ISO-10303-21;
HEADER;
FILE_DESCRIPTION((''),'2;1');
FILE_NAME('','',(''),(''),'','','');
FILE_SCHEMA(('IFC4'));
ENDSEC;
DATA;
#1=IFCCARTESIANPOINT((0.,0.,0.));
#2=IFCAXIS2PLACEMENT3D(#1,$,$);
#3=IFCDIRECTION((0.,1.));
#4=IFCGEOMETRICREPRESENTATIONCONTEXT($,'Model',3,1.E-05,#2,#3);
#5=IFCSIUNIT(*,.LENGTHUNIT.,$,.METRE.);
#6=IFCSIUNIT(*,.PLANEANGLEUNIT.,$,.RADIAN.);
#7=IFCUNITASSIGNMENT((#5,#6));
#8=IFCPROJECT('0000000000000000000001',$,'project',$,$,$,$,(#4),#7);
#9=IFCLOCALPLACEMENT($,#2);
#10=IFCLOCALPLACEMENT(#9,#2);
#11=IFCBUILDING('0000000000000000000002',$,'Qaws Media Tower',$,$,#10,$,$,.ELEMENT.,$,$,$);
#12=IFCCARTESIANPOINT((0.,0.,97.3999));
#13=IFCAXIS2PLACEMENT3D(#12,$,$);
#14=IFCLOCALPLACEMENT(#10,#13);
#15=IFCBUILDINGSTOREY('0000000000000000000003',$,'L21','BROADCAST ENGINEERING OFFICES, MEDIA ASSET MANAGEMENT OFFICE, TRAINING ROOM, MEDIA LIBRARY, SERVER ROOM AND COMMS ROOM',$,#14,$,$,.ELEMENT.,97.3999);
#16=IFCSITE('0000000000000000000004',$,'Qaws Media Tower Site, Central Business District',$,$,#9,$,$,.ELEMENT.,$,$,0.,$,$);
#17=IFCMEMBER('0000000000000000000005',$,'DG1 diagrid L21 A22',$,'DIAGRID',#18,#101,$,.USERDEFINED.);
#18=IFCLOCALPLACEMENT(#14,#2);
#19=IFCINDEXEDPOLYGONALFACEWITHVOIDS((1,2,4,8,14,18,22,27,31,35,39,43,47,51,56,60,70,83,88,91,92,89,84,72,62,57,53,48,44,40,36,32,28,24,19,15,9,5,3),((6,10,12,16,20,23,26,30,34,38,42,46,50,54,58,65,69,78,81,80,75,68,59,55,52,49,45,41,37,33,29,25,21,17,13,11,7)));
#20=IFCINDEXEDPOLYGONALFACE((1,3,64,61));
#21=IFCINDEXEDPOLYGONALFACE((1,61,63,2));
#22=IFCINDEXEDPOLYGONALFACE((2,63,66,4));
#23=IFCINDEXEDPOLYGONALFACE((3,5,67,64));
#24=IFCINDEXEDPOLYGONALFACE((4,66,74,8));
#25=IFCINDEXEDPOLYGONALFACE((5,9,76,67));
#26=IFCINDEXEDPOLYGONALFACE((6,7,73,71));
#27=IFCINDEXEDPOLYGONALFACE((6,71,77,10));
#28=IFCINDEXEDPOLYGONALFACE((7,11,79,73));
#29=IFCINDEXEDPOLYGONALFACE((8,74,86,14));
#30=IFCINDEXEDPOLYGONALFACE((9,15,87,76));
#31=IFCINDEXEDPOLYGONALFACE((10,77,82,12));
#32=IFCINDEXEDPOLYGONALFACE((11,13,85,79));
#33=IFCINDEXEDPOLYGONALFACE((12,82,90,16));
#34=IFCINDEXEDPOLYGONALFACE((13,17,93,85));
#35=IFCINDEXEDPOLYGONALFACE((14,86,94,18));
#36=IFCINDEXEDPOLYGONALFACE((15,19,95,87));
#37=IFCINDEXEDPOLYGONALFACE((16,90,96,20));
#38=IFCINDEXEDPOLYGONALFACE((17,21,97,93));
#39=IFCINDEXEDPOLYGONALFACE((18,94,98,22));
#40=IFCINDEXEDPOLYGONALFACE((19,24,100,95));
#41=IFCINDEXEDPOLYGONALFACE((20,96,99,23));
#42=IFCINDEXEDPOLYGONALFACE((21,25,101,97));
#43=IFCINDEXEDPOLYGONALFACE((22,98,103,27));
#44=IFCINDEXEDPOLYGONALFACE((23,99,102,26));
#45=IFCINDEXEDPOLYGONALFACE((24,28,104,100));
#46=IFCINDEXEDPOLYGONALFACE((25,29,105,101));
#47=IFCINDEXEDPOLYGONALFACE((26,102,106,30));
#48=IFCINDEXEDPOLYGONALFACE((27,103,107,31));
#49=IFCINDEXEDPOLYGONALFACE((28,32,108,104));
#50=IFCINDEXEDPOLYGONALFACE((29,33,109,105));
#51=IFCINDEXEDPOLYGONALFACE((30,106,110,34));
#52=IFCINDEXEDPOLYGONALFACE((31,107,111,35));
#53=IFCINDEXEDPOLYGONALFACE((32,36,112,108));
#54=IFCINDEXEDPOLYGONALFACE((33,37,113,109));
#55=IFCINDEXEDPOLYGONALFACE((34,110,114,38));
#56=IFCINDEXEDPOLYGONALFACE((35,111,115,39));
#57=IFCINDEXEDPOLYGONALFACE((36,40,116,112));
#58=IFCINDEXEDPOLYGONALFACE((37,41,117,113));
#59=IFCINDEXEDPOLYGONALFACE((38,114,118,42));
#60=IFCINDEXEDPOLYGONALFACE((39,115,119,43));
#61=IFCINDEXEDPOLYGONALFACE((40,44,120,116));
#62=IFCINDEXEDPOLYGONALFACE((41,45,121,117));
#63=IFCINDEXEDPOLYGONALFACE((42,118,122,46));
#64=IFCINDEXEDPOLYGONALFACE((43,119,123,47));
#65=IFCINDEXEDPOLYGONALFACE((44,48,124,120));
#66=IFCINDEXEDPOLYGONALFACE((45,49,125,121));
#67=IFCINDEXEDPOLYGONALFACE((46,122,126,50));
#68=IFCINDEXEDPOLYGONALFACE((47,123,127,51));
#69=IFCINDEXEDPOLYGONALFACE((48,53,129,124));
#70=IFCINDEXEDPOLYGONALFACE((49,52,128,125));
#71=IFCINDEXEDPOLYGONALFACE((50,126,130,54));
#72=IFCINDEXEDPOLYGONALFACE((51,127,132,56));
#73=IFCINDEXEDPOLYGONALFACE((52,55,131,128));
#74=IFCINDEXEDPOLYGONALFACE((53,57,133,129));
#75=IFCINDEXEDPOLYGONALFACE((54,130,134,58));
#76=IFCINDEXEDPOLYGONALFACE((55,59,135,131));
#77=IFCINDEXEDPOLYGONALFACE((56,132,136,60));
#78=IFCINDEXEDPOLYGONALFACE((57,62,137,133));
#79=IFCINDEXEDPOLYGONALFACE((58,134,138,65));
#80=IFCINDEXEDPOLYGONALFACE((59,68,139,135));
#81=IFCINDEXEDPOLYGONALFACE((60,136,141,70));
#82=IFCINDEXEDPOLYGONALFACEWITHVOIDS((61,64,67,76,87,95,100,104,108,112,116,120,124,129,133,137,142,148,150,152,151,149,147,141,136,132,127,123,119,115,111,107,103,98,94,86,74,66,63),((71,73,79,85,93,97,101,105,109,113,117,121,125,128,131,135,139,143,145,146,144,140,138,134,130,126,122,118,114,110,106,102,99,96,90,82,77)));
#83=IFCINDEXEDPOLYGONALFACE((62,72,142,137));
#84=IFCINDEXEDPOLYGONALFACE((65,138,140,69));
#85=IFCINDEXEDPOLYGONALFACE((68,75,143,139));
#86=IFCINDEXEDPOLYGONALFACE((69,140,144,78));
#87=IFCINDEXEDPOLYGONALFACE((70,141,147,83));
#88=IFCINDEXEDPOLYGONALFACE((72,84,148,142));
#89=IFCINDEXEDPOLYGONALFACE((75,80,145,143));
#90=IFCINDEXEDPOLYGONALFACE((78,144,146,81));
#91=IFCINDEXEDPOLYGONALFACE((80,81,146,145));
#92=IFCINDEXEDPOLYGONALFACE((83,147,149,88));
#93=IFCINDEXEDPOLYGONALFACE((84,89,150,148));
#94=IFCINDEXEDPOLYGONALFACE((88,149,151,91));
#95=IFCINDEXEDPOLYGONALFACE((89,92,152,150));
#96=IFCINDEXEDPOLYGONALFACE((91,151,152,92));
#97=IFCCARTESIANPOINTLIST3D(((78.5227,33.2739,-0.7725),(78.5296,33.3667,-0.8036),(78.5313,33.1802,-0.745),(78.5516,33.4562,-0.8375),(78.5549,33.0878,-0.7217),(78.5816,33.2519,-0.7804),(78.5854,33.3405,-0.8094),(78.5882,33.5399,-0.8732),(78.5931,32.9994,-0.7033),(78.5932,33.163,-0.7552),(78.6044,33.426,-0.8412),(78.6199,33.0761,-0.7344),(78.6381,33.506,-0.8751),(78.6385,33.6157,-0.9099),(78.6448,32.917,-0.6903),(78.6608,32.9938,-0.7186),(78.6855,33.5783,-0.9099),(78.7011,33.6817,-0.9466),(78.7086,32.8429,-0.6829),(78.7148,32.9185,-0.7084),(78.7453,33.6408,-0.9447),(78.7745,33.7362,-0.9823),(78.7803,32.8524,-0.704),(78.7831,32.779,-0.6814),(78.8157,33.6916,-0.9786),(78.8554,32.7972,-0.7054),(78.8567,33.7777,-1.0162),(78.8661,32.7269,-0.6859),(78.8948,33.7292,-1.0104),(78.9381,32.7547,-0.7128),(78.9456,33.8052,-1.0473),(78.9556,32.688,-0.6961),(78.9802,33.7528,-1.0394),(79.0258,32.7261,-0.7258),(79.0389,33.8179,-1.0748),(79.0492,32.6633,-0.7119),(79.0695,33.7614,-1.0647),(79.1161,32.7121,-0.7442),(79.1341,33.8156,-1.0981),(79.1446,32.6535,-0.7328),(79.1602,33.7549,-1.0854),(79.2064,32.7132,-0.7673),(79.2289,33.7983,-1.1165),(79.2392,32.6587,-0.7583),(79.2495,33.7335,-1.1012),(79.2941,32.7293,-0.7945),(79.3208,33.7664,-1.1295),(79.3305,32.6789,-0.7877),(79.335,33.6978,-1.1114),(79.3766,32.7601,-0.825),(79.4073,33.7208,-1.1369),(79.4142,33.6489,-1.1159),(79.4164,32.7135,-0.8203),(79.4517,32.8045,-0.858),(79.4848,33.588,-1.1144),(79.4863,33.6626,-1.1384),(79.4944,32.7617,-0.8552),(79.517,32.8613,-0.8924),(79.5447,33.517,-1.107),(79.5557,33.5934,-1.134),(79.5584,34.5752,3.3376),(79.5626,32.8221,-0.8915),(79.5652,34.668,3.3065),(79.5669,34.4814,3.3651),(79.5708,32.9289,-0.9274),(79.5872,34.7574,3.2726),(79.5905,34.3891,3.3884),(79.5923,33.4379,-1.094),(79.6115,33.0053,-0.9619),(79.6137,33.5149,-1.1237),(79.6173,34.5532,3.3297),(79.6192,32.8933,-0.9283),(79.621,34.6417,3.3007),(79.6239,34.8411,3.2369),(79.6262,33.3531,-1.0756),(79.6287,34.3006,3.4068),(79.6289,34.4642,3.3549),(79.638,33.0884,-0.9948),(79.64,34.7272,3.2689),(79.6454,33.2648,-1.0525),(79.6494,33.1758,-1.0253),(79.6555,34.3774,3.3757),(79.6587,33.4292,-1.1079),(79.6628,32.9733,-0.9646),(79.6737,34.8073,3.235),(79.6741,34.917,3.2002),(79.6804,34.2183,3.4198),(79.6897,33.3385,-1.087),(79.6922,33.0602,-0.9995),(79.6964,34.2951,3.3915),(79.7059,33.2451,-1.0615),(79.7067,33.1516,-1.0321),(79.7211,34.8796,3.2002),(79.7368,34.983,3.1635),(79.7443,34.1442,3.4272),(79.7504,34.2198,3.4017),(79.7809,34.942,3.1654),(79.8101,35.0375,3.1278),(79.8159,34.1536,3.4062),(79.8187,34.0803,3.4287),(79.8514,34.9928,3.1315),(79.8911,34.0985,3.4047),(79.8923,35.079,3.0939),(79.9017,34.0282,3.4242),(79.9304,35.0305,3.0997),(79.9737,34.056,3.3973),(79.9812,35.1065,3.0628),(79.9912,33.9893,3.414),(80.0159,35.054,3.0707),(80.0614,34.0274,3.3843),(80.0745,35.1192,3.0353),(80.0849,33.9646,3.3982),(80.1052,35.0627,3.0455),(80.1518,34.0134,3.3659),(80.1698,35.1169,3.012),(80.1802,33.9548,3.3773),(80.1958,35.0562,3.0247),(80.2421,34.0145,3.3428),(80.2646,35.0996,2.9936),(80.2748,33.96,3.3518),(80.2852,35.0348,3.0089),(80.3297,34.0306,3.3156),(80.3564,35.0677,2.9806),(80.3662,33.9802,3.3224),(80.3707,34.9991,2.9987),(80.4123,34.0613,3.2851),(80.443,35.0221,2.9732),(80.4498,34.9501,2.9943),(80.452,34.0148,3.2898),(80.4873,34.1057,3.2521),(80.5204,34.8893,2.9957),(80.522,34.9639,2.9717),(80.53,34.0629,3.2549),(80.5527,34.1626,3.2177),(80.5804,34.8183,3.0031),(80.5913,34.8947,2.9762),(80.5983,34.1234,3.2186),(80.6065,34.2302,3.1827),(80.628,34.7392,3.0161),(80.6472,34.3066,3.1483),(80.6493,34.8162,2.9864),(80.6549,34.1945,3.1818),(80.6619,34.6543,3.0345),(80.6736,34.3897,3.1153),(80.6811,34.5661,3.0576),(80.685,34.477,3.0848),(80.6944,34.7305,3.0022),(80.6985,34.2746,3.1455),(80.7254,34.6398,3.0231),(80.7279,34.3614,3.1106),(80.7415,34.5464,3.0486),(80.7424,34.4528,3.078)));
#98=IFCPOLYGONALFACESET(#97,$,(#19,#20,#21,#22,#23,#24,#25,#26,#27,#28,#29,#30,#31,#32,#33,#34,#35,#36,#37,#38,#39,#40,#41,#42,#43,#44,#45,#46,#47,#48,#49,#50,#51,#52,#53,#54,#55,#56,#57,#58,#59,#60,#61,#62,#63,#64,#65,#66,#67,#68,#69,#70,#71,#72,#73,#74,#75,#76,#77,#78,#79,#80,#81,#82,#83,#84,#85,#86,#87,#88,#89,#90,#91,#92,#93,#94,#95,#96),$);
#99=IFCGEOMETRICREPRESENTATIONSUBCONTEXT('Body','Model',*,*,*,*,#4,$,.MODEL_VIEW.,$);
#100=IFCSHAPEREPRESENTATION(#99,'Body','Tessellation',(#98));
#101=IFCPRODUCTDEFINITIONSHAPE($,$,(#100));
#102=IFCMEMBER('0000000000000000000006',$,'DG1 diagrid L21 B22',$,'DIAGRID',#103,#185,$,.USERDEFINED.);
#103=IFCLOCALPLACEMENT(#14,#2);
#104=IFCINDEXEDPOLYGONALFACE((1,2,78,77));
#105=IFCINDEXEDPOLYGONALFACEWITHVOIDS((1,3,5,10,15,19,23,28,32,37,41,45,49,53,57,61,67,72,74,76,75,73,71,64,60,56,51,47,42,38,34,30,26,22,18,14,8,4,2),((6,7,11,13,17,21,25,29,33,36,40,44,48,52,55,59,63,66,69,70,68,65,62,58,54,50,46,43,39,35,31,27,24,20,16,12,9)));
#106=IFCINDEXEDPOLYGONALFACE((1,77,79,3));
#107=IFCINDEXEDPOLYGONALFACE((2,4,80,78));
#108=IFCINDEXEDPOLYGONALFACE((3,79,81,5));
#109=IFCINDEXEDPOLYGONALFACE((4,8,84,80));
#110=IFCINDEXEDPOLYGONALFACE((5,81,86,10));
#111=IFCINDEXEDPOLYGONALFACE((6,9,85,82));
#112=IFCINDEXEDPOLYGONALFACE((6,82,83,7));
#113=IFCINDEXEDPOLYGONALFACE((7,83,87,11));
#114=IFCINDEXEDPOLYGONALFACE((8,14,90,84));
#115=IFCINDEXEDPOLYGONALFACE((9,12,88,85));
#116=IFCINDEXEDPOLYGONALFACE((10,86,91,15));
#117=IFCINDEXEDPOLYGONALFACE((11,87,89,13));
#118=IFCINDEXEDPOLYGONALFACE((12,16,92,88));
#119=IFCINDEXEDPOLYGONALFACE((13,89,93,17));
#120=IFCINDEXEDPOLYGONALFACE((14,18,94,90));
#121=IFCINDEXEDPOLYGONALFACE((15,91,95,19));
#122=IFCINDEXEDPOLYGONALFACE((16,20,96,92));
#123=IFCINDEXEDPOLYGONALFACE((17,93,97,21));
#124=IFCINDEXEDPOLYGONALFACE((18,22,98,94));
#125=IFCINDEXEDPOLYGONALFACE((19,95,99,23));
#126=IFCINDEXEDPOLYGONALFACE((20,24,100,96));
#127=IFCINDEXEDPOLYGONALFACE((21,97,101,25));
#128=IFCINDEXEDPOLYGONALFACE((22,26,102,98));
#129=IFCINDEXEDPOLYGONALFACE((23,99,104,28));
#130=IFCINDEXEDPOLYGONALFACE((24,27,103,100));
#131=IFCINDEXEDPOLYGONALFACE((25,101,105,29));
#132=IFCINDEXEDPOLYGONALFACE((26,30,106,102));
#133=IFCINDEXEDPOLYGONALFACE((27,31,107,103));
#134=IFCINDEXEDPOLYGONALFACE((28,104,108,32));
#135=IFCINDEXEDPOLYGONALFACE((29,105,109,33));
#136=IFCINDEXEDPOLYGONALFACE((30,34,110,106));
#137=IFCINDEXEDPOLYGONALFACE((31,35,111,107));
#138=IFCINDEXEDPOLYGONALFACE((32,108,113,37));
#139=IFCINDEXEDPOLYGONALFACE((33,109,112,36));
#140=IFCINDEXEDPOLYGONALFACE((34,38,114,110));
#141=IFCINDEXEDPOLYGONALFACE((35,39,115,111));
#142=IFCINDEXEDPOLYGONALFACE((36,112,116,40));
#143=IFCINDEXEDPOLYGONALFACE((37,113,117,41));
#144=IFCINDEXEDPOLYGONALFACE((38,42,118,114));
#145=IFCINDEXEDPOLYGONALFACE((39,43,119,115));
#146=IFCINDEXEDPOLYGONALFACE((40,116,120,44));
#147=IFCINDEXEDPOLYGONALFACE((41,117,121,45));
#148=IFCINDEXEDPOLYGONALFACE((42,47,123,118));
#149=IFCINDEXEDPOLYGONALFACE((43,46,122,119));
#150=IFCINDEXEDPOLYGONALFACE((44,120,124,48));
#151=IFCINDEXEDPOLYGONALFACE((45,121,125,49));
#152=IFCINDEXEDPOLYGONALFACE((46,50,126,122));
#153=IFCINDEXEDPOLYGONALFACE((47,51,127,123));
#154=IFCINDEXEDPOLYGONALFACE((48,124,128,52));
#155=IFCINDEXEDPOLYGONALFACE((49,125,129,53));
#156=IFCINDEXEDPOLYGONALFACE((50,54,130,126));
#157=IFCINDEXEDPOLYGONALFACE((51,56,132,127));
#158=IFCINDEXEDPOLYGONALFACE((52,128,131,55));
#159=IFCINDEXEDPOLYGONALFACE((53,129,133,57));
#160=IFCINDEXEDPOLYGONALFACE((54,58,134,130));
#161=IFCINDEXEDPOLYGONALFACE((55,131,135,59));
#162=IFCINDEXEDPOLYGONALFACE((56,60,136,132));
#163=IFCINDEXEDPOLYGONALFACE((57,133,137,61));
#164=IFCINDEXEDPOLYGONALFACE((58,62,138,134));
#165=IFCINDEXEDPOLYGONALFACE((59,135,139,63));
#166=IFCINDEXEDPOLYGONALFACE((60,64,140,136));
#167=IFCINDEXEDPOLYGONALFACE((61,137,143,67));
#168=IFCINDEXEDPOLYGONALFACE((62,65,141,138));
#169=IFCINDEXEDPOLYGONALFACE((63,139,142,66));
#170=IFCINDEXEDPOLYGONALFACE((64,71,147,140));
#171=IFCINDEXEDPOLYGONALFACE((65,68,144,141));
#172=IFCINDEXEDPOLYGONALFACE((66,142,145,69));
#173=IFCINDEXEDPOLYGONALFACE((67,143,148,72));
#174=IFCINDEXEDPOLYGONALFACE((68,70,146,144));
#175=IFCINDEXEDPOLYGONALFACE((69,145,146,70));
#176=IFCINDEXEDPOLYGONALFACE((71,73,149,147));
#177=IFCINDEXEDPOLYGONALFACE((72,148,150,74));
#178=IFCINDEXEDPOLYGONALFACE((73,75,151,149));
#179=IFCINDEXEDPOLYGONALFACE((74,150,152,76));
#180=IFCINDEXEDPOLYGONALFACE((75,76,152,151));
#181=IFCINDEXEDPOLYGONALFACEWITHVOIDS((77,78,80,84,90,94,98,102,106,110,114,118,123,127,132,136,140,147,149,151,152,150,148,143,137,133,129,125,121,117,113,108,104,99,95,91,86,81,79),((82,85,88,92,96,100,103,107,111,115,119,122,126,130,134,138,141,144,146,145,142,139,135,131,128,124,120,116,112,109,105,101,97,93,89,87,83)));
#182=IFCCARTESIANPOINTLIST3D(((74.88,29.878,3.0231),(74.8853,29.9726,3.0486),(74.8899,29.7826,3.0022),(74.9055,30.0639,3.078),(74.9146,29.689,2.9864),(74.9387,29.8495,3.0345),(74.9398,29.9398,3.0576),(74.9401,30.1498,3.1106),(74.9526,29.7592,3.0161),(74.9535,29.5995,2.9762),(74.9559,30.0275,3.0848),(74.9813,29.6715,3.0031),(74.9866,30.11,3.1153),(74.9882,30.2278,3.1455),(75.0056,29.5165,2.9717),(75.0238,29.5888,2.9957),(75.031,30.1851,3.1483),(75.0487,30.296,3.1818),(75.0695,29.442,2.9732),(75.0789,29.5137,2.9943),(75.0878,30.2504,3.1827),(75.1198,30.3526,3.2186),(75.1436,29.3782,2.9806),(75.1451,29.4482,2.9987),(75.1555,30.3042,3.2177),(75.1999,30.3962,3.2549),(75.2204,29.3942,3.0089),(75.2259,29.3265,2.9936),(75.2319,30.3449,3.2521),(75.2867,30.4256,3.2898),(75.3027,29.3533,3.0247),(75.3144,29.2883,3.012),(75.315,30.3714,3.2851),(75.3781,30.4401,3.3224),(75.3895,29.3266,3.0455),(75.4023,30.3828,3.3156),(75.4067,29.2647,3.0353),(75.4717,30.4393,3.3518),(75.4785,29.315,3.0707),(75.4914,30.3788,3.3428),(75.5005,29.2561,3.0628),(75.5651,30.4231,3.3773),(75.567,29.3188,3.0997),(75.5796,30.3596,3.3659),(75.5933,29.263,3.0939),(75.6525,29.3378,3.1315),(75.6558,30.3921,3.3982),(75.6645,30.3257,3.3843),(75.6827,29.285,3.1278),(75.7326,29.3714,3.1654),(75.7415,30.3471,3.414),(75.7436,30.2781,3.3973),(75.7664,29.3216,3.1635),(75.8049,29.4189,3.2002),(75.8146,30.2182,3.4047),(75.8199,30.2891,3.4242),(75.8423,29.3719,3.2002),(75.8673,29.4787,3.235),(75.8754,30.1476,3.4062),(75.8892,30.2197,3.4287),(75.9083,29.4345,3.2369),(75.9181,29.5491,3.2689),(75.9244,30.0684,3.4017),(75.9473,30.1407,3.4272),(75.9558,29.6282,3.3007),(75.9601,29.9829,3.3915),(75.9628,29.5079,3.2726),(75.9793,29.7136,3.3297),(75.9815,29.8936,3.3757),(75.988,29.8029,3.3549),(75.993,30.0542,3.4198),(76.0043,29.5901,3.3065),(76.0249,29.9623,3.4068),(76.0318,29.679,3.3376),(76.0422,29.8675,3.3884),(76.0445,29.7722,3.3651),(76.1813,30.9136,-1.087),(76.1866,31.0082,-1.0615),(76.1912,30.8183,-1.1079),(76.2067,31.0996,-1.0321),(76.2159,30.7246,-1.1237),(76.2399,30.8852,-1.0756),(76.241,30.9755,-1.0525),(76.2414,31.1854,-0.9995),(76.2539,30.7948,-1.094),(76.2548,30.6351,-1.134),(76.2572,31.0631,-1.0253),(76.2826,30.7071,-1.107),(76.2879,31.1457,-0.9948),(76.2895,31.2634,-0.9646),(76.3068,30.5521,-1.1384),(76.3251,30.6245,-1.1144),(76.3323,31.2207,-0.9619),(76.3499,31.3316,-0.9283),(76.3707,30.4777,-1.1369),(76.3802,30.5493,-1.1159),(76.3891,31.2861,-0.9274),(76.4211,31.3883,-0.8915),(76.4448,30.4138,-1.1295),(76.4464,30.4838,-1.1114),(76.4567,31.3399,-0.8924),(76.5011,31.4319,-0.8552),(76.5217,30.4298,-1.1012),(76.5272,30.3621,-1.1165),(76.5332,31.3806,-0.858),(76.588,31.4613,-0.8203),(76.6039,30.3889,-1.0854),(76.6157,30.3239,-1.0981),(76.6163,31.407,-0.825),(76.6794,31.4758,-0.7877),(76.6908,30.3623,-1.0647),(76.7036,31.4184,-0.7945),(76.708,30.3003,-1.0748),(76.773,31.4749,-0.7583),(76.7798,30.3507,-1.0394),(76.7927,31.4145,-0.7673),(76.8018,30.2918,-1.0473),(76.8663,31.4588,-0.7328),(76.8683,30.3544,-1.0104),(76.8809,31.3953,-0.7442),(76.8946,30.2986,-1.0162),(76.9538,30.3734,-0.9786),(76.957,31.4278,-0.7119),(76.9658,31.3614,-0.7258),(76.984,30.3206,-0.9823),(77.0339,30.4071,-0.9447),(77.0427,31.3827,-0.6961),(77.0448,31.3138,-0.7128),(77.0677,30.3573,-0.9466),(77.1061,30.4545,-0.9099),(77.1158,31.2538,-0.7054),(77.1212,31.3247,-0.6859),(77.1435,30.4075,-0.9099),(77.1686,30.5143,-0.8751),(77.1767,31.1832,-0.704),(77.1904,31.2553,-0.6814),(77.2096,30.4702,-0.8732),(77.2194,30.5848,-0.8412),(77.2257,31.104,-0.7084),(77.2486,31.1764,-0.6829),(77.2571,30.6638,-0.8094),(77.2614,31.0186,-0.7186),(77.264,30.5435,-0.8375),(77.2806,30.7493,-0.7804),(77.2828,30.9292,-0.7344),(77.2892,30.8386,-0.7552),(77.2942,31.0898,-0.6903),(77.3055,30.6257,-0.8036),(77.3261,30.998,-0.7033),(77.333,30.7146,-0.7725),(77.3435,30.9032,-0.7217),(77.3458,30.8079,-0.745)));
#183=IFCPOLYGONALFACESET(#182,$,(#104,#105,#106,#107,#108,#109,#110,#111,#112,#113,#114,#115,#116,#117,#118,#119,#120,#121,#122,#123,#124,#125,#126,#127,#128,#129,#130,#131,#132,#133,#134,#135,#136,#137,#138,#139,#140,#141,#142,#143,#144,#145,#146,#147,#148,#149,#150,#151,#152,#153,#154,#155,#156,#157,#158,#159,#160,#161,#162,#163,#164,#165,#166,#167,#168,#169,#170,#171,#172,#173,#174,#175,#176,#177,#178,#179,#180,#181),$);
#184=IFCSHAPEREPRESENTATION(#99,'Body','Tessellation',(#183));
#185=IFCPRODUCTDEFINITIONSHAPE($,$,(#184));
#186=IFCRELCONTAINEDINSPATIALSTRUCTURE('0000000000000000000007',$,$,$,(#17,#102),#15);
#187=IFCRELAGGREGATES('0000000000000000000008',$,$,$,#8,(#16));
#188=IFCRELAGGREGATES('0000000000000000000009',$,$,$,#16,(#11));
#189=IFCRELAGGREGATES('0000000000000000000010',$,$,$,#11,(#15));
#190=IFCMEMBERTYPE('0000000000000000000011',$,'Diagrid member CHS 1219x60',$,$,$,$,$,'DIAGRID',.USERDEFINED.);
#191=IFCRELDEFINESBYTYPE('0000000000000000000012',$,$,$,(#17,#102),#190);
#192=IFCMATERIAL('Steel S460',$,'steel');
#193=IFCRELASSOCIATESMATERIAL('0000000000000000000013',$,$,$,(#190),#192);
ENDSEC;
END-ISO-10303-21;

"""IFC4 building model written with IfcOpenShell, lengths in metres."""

from ifc_helpers import new_model, si_unit, direction, frame, origin, origin_2d, place, context, subcontext, project, spatial, hollow_circle, extrude, material, material_profile, profile_set, type_object, element, save


model = new_model("IFC4")

# Units and contexts
model_context = context("Model", 3, precision=1e-05, world=origin(), true_north=direction((0.0, 1.0)))
body_context = subcontext(model_context, "Body", "Model", "MODEL_VIEW")
ifc_project = project(units=[si_unit("LENGTHUNIT", "METRE"), si_unit("PLANEANGLEUNIT", "RADIAN")], contexts=[model_context])

# Site, building, storey
site_placement = place(None, origin())
site = spatial("IfcSite", under=ifc_project, at=site_placement, Name="Qaws Media Tower Site, Central Business District", CompositionType="ELEMENT", RefElevation=0.0)
building_placement = place(site_placement, origin())
building = spatial("IfcBuilding", under=site, at=building_placement, Name="Qaws Media Tower", CompositionType="ELEMENT")
storey_placement = place(building_placement, frame((0.0, 0.0, 97.3999)))
storey = spatial("IfcBuildingStorey", under=building, at=storey_placement, Name="L21", Description="BROADCAST ENGINEERING OFFICES, MEDIA ASSET MANAGEMENT OFFICE, TRAINING ROOM, MEDIA LIBRARY, SERVER ROOM AND COMMS ROOM", CompositionType="ELEMENT", Elevation=97.3999)

# Members
ifc_material_1 = material(Name="Steel S460", Category="steel")
ifc_material_profile_1 = material_profile(ifc_material_1, hollow_circle(Radius=0.6096, WallThickness=0.0601, at=origin_2d()), Name="CHS 1219x60")
ifc_profile_set_1 = profile_set([ifc_material_profile_1], Name="Steel S460")
member_type_1 = type_object("IfcMemberType", Name="Diagrid member CHS 1219x60", ElementType="DIAGRID", PredefinedType="USERDEFINED", material=ifc_profile_set_1)
for number, where, z_axis, x_axis, name in (
    (1, (79.1155, 33.2361, -0.9099), (0.233578, 0.293487, 0.926988), (-0.782442, 0.622724, 0.0), "DG1 diagrid L21 A22"),
    (2, (76.7639, 30.8845, -0.9099), (-0.293487, -0.233578, 0.926988), (0.622724, -0.782442, 0.0), "DG1 diagrid L21 B22"),
):
    element("IfcMember", number, at=place(storey_placement, frame(where, z_axis=z_axis, x_axis=x_axis)), inside=storey, type_object=member_type_1, Name=name, ObjectType="DIAGRID", PredefinedType="USERDEFINED", context=body_context, shape_type="SweptSolid", body=[
        extrude(hollow_circle(Radius=0.6096, WallThickness=0.0601, at=origin_2d()), origin(), (0.0, 0.0, 1.0), 4.4338),
    ])

save(model, "model.ifc")
